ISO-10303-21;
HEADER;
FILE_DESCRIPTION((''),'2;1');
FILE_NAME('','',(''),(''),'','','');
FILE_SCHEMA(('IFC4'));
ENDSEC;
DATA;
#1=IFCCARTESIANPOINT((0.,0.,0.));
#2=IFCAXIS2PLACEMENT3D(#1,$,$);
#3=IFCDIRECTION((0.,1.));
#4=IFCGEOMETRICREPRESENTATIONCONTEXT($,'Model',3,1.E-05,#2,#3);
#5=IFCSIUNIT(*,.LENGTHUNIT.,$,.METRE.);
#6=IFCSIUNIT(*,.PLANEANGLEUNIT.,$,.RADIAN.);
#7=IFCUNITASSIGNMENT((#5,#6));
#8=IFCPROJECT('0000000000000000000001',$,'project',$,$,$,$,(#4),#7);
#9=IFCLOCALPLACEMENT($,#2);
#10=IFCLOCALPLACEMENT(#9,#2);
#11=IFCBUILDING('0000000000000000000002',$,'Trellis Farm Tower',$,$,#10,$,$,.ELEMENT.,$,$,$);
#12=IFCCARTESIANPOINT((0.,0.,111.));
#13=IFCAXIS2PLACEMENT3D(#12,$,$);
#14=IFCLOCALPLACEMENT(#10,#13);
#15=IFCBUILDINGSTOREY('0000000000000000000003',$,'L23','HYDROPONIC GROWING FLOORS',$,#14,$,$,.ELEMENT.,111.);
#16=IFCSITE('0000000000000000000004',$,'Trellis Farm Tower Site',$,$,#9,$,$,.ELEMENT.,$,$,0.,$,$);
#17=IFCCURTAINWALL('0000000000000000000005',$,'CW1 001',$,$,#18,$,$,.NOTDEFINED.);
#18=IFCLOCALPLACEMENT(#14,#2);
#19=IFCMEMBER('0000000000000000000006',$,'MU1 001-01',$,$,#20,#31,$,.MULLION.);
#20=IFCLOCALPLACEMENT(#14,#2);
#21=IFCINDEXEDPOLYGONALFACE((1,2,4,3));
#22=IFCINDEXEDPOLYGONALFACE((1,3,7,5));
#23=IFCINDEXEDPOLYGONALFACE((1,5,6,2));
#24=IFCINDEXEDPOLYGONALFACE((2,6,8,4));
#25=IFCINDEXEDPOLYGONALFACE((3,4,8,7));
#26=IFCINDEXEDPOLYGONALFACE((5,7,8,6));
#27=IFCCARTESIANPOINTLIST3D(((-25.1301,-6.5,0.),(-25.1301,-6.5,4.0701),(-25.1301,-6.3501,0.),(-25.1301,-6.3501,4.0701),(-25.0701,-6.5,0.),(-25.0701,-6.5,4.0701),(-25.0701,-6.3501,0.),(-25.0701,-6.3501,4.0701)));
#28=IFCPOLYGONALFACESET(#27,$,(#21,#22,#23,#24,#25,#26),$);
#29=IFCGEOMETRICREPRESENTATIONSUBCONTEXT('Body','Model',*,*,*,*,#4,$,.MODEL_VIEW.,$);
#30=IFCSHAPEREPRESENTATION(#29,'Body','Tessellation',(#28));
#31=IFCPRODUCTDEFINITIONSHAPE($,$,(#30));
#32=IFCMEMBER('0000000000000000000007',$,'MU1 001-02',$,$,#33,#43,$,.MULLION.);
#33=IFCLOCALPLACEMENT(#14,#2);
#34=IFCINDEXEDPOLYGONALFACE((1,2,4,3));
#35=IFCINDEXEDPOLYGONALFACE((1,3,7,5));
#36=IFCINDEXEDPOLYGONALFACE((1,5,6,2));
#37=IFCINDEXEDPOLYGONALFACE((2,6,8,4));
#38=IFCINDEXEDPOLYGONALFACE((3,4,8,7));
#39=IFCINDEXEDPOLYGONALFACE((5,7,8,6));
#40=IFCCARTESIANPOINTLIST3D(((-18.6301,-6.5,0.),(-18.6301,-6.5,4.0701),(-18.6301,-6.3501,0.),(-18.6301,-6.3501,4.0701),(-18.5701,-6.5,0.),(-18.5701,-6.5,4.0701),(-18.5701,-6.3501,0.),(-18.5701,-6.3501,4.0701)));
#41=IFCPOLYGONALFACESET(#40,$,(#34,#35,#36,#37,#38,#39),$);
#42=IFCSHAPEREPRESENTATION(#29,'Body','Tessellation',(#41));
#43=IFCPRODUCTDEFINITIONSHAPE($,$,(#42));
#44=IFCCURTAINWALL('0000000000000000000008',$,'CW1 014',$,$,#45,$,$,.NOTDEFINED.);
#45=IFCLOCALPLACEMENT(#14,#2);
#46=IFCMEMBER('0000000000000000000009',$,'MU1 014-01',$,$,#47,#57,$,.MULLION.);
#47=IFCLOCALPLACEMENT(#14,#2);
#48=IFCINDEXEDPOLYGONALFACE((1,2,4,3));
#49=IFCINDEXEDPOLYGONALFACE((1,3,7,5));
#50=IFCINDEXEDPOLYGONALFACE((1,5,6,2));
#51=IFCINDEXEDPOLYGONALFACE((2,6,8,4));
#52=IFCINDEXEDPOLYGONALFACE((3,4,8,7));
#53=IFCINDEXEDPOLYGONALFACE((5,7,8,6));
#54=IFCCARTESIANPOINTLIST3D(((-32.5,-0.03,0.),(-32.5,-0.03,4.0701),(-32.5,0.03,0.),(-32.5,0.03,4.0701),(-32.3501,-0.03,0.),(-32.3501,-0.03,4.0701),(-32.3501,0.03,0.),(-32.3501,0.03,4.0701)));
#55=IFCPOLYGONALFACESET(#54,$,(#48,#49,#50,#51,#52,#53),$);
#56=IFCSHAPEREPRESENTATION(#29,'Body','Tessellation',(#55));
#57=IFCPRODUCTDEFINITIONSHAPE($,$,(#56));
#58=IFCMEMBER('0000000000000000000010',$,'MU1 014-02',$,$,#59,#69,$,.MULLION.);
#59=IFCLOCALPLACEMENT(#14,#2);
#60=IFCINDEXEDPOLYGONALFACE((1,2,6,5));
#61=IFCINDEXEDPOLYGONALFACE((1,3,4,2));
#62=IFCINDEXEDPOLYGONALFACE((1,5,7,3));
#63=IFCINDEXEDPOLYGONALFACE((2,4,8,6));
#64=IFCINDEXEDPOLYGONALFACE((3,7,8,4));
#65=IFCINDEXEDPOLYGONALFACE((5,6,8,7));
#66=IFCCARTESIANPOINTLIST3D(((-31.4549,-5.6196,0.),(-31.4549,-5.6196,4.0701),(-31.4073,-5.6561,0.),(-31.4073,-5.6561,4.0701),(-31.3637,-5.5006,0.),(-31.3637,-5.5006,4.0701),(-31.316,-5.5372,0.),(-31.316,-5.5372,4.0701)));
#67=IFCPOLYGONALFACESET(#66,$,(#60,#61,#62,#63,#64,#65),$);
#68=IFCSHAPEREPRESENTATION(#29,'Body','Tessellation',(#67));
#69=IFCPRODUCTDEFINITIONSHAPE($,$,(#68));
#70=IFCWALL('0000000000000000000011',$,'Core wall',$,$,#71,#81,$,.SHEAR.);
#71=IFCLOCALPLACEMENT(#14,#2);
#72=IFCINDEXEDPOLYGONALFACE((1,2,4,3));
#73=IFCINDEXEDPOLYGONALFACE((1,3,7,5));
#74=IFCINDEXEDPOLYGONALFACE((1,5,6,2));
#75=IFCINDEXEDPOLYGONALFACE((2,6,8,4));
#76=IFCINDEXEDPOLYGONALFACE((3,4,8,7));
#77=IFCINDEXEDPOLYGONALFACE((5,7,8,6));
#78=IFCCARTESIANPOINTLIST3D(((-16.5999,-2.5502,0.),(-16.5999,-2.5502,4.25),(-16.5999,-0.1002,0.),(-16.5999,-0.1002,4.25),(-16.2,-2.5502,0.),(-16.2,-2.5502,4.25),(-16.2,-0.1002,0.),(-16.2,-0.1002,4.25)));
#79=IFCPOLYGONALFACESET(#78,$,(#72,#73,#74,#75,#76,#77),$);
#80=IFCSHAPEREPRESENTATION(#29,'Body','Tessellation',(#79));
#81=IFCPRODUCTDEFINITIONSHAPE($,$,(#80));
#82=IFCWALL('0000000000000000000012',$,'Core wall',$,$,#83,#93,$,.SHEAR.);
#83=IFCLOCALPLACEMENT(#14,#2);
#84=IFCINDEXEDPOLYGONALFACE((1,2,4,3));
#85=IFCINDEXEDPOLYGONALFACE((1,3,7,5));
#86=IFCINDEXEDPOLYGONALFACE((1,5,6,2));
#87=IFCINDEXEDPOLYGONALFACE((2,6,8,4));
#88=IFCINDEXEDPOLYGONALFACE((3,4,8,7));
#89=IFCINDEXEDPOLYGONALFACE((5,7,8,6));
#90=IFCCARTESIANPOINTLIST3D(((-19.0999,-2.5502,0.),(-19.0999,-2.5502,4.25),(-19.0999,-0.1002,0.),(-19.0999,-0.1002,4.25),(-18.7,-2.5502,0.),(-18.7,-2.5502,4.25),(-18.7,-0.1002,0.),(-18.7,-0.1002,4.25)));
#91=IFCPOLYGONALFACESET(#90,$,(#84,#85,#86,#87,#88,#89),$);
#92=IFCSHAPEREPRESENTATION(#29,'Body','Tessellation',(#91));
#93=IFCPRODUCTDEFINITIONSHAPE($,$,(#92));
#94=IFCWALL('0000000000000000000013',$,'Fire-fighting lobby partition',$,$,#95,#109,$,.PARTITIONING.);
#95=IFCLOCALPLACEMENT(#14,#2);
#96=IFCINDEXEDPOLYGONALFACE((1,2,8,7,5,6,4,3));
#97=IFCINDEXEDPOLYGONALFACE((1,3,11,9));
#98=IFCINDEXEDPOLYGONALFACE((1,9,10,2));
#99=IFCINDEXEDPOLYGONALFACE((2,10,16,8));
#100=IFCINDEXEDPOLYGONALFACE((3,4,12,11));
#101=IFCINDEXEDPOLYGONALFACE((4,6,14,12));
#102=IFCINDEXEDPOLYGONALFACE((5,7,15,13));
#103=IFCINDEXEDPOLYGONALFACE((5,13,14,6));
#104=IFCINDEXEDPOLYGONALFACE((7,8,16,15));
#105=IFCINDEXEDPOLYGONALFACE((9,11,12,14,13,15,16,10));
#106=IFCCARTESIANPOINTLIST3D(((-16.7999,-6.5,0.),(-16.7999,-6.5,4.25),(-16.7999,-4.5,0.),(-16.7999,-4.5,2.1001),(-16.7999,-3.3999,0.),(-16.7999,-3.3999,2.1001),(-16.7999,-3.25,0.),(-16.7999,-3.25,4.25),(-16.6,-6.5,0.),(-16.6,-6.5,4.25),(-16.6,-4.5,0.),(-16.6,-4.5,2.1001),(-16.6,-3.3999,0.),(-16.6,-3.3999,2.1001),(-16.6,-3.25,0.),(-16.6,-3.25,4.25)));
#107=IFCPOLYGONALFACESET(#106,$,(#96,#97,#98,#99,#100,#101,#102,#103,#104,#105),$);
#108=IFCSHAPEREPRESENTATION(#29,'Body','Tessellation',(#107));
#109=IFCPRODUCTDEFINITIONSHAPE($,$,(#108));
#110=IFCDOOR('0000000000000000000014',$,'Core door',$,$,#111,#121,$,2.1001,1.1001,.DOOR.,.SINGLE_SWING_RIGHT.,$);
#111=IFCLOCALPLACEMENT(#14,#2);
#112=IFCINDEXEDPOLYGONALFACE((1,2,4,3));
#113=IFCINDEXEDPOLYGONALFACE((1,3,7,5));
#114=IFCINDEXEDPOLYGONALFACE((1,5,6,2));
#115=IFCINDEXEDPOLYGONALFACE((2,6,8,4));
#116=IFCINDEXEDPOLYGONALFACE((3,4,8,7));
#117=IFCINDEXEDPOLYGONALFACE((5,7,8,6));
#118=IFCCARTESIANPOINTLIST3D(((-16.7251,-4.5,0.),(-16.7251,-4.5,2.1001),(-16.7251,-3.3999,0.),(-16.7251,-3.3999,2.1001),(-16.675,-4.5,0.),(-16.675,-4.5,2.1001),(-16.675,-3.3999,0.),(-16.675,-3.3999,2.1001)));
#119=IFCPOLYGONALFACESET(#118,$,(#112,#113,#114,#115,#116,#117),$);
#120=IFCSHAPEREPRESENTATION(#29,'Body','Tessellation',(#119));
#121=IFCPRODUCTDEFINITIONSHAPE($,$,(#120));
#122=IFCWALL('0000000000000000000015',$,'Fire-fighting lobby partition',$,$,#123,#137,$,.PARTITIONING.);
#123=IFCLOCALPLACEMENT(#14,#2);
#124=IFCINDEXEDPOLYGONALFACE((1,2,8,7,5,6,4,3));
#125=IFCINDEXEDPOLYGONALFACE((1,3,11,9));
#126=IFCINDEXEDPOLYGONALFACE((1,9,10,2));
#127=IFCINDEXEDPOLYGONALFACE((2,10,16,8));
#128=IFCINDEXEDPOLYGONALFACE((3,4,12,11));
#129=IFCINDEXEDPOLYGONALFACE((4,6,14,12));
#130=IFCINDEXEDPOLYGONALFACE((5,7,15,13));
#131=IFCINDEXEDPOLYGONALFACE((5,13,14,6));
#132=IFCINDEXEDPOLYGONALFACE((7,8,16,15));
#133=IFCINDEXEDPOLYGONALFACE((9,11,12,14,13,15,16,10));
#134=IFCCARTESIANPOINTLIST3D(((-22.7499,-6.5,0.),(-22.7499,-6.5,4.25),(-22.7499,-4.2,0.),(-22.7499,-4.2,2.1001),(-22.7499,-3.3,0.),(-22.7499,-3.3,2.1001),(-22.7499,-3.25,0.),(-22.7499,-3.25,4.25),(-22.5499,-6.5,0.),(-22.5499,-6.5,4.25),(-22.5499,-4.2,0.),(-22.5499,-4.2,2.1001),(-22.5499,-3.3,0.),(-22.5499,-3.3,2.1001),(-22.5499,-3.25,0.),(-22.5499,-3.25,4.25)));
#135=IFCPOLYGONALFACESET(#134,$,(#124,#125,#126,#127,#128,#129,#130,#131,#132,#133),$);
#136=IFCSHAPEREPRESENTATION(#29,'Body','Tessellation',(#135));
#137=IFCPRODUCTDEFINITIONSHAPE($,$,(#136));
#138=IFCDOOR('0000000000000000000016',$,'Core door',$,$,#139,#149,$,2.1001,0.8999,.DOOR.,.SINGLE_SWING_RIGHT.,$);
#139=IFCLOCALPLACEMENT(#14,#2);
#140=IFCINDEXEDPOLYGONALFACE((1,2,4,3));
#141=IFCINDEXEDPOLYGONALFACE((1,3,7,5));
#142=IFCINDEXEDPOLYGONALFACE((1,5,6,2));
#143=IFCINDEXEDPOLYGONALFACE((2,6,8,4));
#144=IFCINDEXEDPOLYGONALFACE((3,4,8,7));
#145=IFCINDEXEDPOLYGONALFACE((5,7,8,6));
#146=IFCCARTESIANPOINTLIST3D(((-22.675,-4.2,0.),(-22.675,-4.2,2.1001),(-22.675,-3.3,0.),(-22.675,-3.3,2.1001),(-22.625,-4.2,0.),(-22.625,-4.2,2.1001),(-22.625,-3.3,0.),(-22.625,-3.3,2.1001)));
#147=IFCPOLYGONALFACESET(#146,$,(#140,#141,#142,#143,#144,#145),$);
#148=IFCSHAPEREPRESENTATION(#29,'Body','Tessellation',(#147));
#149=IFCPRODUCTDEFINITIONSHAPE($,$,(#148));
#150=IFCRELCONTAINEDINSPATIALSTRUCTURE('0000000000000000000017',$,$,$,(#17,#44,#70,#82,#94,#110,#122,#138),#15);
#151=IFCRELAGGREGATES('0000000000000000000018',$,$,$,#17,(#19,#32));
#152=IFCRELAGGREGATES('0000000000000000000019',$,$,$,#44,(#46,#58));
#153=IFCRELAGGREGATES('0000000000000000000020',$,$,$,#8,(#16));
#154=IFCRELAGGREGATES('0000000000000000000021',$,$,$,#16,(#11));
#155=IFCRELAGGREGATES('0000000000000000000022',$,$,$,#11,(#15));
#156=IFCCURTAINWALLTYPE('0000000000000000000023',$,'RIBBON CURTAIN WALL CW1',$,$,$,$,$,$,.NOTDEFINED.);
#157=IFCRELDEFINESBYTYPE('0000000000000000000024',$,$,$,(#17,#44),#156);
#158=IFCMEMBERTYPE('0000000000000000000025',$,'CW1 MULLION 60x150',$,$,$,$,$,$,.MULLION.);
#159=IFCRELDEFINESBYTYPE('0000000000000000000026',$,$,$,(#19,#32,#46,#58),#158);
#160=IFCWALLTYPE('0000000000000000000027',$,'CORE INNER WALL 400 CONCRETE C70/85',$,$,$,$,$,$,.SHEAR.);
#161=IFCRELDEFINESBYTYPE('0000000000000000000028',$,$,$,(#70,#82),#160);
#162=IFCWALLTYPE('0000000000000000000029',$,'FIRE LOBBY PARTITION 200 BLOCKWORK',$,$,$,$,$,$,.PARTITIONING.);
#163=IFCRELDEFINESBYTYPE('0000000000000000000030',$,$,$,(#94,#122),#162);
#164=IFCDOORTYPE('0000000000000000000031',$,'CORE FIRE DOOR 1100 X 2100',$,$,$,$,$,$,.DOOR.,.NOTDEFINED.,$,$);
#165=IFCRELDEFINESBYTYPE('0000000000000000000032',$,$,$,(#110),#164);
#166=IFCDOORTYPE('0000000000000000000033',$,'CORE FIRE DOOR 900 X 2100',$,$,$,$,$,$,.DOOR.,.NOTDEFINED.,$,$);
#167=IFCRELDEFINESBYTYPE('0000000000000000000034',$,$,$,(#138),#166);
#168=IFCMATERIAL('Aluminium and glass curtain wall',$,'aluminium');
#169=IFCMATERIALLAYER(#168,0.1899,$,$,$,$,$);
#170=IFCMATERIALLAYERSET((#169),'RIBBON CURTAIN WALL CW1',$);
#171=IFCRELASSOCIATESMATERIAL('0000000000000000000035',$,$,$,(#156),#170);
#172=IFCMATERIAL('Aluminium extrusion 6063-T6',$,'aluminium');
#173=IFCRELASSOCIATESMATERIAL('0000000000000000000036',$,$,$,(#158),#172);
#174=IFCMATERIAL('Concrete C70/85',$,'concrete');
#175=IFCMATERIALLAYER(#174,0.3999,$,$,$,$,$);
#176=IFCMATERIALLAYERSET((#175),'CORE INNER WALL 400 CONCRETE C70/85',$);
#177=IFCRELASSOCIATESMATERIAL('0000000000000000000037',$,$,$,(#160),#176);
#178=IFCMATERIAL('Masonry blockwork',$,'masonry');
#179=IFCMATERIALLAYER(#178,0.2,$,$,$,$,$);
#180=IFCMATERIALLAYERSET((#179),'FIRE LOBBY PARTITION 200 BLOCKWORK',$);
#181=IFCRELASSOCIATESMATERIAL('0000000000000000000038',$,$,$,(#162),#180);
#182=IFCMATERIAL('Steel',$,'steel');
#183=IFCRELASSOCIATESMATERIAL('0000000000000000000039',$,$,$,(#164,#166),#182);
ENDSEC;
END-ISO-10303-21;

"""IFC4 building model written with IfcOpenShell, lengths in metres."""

from ifc_helpers import new_model, si_unit, direction, frame, frame_2d, origin, origin_2d, place, context, subcontext, project, spatial, rectangle, extrude, source, transform, mapped, material, layer, layer_set, material_profile, profile_set, type_object, element, fill, aggregate, save


model = new_model("IFC4")

# Units and contexts
model_context = context("Model", 3, precision=1e-05, world=origin(), true_north=direction((0.0, 1.0)))
body_context = subcontext(model_context, "Body", "Model", "MODEL_VIEW")
ifc_project = project(units=[si_unit("LENGTHUNIT", "METRE"), si_unit("PLANEANGLEUNIT", "RADIAN")], contexts=[model_context])

# Site, building, storey
site_placement = place(None, origin())
site = spatial("IfcSite", under=ifc_project, at=site_placement, Name="Trellis Farm Tower Site", CompositionType="ELEMENT", RefElevation=0.0)
building_placement = place(site_placement, origin())
building = spatial("IfcBuilding", under=site, at=building_placement, Name="Trellis Farm Tower", CompositionType="ELEMENT")
storey_placement = place(building_placement, frame((0.0, 0.0, 111.0)))
storey = spatial("IfcBuildingStorey", under=building, at=storey_placement, Name="L23", Description="HYDROPONIC GROWING FLOORS", CompositionType="ELEMENT", Elevation=111.0)

# Curtain walls, members
ifc_material_1 = material(Name="Aluminium and glass curtain wall", Category="aluminium")
ifc_layer_1 = layer(ifc_material_1, 0.1899)
ifc_layer_set_1 = layer_set([ifc_layer_1], Name="RIBBON CURTAIN WALL CW1")
curtain_wall_type = type_object("IfcCurtainWallType", Name="RIBBON CURTAIN WALL CW1", PredefinedType="NOTDEFINED", material=ifc_layer_set_1)
placement = place(storey_placement, origin())
curtain_wall_1 = element("IfcCurtainWall", 1, at=placement, inside=storey, type_object=curtain_wall_type, Name="CW1 001", PredefinedType="NOTDEFINED")
ifc_material_2 = material(Name="Aluminium extrusion 6063-T6", Category="aluminium")
ifc_material_profile_1 = material_profile(ifc_material_2, rectangle(XDim=0.0601, YDim=0.1499, at=origin_2d()), Name="MULLION 60x150")
ifc_profile_set_1 = profile_set([ifc_material_profile_1], Name="Aluminium extrusion 6063-T6")
member_type = type_object("IfcMemberType", Name="CW1 MULLION 60x150", PredefinedType="MULLION", material=ifc_profile_set_1)
shared_shape_1 = source(origin(), body_context, "Body", "SweptSolid", [
    extrude(rectangle(XDim=0.0601, YDim=0.1499, at=origin_2d()), origin(), (0.0, 0.0, 1.0), 4.0701),
])
member_1_placement = place(storey_placement, frame((-25.1001, -6.425, 0.0), z_axis=(0.0, 0.0, 1.0), x_axis=(1.0, 0.0, 0.0)))
member_1 = element("IfcMember", 2, at=member_1_placement, type_object=member_type, Name="MU1 001-01", PredefinedType="MULLION", context=body_context, shape_type="MappedRepresentation", body=[
    mapped(shared_shape_1, transform((0.0, 0.0, 0.0))),
])
member_2_placement = place(storey_placement, frame((-18.6001, -6.425, 0.0), z_axis=(0.0, 0.0, 1.0), x_axis=(1.0, 0.0, 0.0)))
member_2 = element("IfcMember", 3, at=member_2_placement, type_object=member_type, Name="MU1 001-02", PredefinedType="MULLION", context=body_context, shape_type="MappedRepresentation", body=[
    mapped(shared_shape_1, transform((0.0, 0.0, 0.0))),
])
aggregate(curtain_wall_1, [member_1, member_2])
curtain_wall_2 = element("IfcCurtainWall", 4, at=placement, inside=storey, type_object=curtain_wall_type, Name="CW1 014", PredefinedType="NOTDEFINED")
member_3_placement = place(storey_placement, frame((-32.425, 0.0, 0.0), z_axis=(0.0, 0.0, 1.0), x_axis=(0.0, -1.0, 0.0)))
member_3 = element("IfcMember", 5, at=member_3_placement, type_object=member_type, Name="MU1 014-01", PredefinedType="MULLION", context=body_context, shape_type="MappedRepresentation", body=[
    mapped(shared_shape_1, transform((0.0, 0.0, 0.0))),
])
member_4_placement = place(storey_placement, frame((-31.3855, -5.5784, 0.0), z_axis=(0.0, 0.0, 1.0), x_axis=(0.793353, -0.608761, 0.0)))
member_4 = element("IfcMember", 6, at=member_4_placement, type_object=member_type, Name="MU1 014-02", PredefinedType="MULLION", context=body_context, shape_type="MappedRepresentation", body=[
    mapped(shared_shape_1, transform((0.0, 0.0, 0.0))),
])
aggregate(curtain_wall_2, [member_3, member_4])

# Walls
ifc_material_3 = material(Name="Concrete C70/85", Category="concrete")
ifc_layer_2 = layer(ifc_material_3, 0.3999)
ifc_layer_set_2 = layer_set([ifc_layer_2], Name="CORE INNER WALL 400 CONCRETE C70/85")
wall_type_1 = type_object("IfcWallType", Name="CORE INNER WALL 400 CONCRETE C70/85", PredefinedType="SHEAR", material=ifc_layer_set_2)
shared_shape_2 = source(origin(), body_context, "Body", "SweptSolid", [
    extrude(rectangle(XDim=2.45, YDim=0.3999, at=frame_2d((1.2251, 0.0))), origin(), (0.0, 0.0, 1.0), 4.25),
])
for number, where, z_axis, x_axis, name in (
    (7, (-16.3999, -0.1001, 0.0), (0.0, 0.0, 1.0), (0.0, -1.0, 0.0), "Core wall"),
    (8, (-18.8999, -0.1001, 0.0), (0.0, 0.0, 1.0), (0.0, -1.0, 0.0), "Core wall"),
):
    element("IfcWall", number, at=place(storey_placement, frame(where, z_axis=z_axis, x_axis=x_axis)), inside=storey, type_object=wall_type_1, Name=name, PredefinedType="SHEAR", context=body_context, shape_type="MappedRepresentation", body=[
        mapped(shared_shape_2, transform((0.0, 0.0, 0.0))),
    ])

# Walls, openings, doors
ifc_material_4 = material(Name="Masonry blockwork", Category="masonry")
ifc_layer_3 = layer(ifc_material_4, 0.2)
ifc_layer_set_3 = layer_set([ifc_layer_3], Name="FIRE LOBBY PARTITION 200 BLOCKWORK")
wall_type_2 = type_object("IfcWallType", Name="FIRE LOBBY PARTITION 200 BLOCKWORK", PredefinedType="PARTITIONING", material=ifc_layer_set_3)
shared_shape_3 = source(origin(), body_context, "Body", "SweptSolid", [
    extrude(rectangle(XDim=3.25, YDim=0.2, at=frame_2d((1.625, 0.0))), origin(), (0.0, 0.0, 1.0), 4.25),
])
wall_1_placement = place(storey_placement, frame((-16.7, -3.25, 0.0), z_axis=(0.0, 0.0, 1.0), x_axis=(0.0, -1.0, 0.0)))
wall_1 = element("IfcWall", 9, at=wall_1_placement, inside=storey, type_object=wall_type_2, Name="Fire-fighting lobby partition", PredefinedType="PARTITIONING", context=body_context, shape_type="MappedRepresentation", body=[
    mapped(shared_shape_3, transform((0.0, 0.0, 0.0))),
])
shared_shape_4 = source(origin(), body_context, "Body", "SweptSolid", [
    extrude(rectangle(XDim=1.1001, YDim=2.1001, at=frame_2d((0.55, 1.05))), frame((0.0, 0.1101, 0.0), z_axis=(0.0, -1.0, 0.0), x_axis=(1.0, 0.0, 0.0)), (0.0, 0.0, 1.0), 0.2202),
])
opening_1_placement = place(wall_1_placement, frame((0.1499, 0.0, 0.0)))
opening_1 = element("IfcOpeningElement", 10, at=opening_1_placement, cuts=wall_1, PredefinedType="OPENING", context=body_context, shape_type="MappedRepresentation", body=[
    mapped(shared_shape_4, transform((0.0, 0.0, 0.0))),
])
ifc_material_5 = material(Name="Steel", Category="steel")
door_type_1 = type_object("IfcDoorType", Name="CORE FIRE DOOR 1100 X 2100", OperationType="NOTDEFINED", PredefinedType="DOOR", material=ifc_material_5)
shared_shape_5 = source(origin(), body_context, "Body", "SweptSolid", [
    extrude(rectangle(XDim=1.1001, YDim=2.1001, at=frame_2d((0.55, 1.05))), frame((0.0, 0.0249, 0.0), z_axis=(0.0, -1.0, 0.0), x_axis=(1.0, 0.0, 0.0)), (0.0, 0.0, 1.0), 0.05),
])
door_1_placement = place(opening_1_placement, origin())
door_1 = element("IfcDoor", 11, at=door_1_placement, inside=storey, type_object=door_type_1, Name="Core door", OperationType="SINGLE_SWING_RIGHT", OverallHeight=2.1001, OverallWidth=1.1001, PredefinedType="DOOR", context=body_context, shape_type="MappedRepresentation", body=[
    mapped(shared_shape_5, transform((0.0, 0.0, 0.0))),
])
fill(opening_1, door_1)
wall_2_placement = place(storey_placement, frame((-22.6499, -3.25, 0.0), z_axis=(0.0, 0.0, 1.0), x_axis=(0.0, -1.0, 0.0)))
wall_2 = element("IfcWall", 12, at=wall_2_placement, inside=storey, type_object=wall_type_2, Name="Fire-fighting lobby partition", PredefinedType="PARTITIONING", context=body_context, shape_type="MappedRepresentation", body=[
    mapped(shared_shape_3, transform((0.0, 0.0, 0.0))),
])
shared_shape_6 = source(origin(), body_context, "Body", "SweptSolid", [
    extrude(rectangle(XDim=0.8999, YDim=2.1001, at=frame_2d((0.45, 1.05))), frame((0.0, 0.1101, 0.0), z_axis=(0.0, -1.0, 0.0), x_axis=(1.0, 0.0, 0.0)), (0.0, 0.0, 1.0), 0.2202),
])
opening_2_placement = place(wall_2_placement, frame((0.05, 0.0, 0.0)))
opening_2 = element("IfcOpeningElement", 13, at=opening_2_placement, cuts=wall_2, PredefinedType="OPENING", context=body_context, shape_type="MappedRepresentation", body=[
    mapped(shared_shape_6, transform((0.0, 0.0, 0.0))),
])
door_type_2 = type_object("IfcDoorType", Name="CORE FIRE DOOR 900 X 2100", OperationType="NOTDEFINED", PredefinedType="DOOR", material=ifc_material_5)
shared_shape_7 = source(origin(), body_context, "Body", "SweptSolid", [
    extrude(rectangle(XDim=0.8999, YDim=2.1001, at=frame_2d((0.45, 1.05))), frame((0.0, 0.0249, 0.0), z_axis=(0.0, -1.0, 0.0), x_axis=(1.0, 0.0, 0.0)), (0.0, 0.0, 1.0), 0.05),
])
door_2_placement = place(opening_2_placement, origin())
door_2 = element("IfcDoor", 14, at=door_2_placement, inside=storey, type_object=door_type_2, Name="Core door", OperationType="SINGLE_SWING_RIGHT", OverallHeight=2.1001, OverallWidth=0.8999, PredefinedType="DOOR", context=body_context, shape_type="MappedRepresentation", body=[
    mapped(shared_shape_7, transform((0.0, 0.0, 0.0))),
])
fill(opening_2, door_2)

save(model, "model.ifc")
